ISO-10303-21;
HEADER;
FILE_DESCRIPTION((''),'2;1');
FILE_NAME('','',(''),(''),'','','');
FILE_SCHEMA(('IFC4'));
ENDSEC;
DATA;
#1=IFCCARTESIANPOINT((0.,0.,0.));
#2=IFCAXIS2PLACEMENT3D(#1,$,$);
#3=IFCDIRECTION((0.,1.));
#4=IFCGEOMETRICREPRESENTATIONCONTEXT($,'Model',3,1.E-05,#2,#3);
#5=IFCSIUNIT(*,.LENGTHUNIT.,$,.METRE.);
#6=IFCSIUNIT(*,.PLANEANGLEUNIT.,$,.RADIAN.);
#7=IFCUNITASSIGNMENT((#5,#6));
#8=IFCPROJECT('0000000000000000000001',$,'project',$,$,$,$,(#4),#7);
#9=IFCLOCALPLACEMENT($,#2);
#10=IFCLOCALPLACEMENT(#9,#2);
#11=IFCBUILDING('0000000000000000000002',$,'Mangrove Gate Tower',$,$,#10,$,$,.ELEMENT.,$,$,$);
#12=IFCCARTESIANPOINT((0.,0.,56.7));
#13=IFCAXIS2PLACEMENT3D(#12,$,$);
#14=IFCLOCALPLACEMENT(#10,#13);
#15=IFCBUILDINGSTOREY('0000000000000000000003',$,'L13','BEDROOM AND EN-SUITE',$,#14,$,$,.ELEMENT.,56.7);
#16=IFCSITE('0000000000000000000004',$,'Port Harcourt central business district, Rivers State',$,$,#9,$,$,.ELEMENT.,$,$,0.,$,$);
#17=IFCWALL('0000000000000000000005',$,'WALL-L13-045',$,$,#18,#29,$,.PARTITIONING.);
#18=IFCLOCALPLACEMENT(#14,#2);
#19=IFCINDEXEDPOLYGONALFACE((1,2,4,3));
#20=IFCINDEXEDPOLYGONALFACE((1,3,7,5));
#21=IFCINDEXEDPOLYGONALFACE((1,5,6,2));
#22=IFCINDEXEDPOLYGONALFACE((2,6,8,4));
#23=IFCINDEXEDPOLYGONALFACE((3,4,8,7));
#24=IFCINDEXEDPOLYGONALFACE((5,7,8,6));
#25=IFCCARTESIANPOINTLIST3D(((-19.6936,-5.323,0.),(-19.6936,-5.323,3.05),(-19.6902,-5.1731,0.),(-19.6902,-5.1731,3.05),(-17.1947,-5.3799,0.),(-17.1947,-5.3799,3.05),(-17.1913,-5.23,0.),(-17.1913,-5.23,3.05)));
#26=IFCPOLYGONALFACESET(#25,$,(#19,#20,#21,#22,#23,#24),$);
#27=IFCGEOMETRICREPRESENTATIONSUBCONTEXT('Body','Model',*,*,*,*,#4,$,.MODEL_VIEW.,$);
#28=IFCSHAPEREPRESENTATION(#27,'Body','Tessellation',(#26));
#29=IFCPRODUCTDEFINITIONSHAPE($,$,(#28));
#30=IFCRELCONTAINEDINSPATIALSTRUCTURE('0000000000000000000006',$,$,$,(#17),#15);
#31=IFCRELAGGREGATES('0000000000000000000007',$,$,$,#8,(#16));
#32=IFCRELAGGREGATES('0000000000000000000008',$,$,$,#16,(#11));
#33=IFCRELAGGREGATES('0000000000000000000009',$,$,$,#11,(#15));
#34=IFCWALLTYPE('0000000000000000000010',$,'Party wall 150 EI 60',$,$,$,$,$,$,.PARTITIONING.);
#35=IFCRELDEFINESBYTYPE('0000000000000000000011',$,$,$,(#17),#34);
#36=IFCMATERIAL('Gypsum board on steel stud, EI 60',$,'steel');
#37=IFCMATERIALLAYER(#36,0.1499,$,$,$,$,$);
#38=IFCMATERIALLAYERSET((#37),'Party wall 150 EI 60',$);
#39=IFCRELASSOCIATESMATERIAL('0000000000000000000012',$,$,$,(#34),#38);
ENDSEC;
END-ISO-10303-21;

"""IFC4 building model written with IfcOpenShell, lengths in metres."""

from ifc_helpers import new_model, si_unit, direction, frame, frame_2d, origin, place, context, subcontext, project, spatial, rectangle, extrude, material, layer, layer_set, type_object, element, save


model = new_model("IFC4")

# Units and contexts
model_context = context("Model", 3, precision=1e-05, world=origin(), true_north=direction((0.0, 1.0)))
body_context = subcontext(model_context, "Body", "Model", "MODEL_VIEW")
ifc_project = project(units=[si_unit("LENGTHUNIT", "METRE"), si_unit("PLANEANGLEUNIT", "RADIAN")], contexts=[model_context])

# Site, building, storey
site_placement = place(None, origin())
site = spatial("IfcSite", under=ifc_project, at=site_placement, Name="Port Harcourt central business district, Rivers State", CompositionType="ELEMENT", RefElevation=0.0)
building_placement = place(site_placement, origin())
building = spatial("IfcBuilding", under=site, at=building_placement, Name="Mangrove Gate Tower", CompositionType="ELEMENT")
storey_placement = place(building_placement, frame((0.0, 0.0, 56.7)))
storey = spatial("IfcBuildingStorey", under=building, at=storey_placement, Name="L13", Description="BEDROOM AND EN-SUITE", CompositionType="ELEMENT", Elevation=56.7)

# Wall
ifc_material_1 = material(Name="Gypsum board on steel stud, EI 60", Category="steel")
ifc_layer_1 = layer(ifc_material_1, 0.1499)
ifc_layer_set_1 = layer_set([ifc_layer_1], Name="Party wall 150 EI 60")
wall_type_1 = type_object("IfcWallType", Name="Party wall 150 EI 60", PredefinedType="PARTITIONING", material=ifc_layer_set_1)
wall_1_placement = place(storey_placement, frame((-19.6919, -5.248, 0.0), z_axis=(0.0, 0.0, 1.0), x_axis=(0.999741, -0.022759, 0.0)))
element("IfcWall", 1, at=wall_1_placement, inside=storey, type_object=wall_type_1, Name="WALL-L13-045", PredefinedType="PARTITIONING", context=body_context, shape_type="SweptSolid", body=[
    extrude(rectangle(XDim=2.4995, YDim=0.1499, at=frame_2d((1.2498, 0.0))), origin(), (0.0, 0.0, 1.0), 3.05),
])

save(model, "model.ifc")
